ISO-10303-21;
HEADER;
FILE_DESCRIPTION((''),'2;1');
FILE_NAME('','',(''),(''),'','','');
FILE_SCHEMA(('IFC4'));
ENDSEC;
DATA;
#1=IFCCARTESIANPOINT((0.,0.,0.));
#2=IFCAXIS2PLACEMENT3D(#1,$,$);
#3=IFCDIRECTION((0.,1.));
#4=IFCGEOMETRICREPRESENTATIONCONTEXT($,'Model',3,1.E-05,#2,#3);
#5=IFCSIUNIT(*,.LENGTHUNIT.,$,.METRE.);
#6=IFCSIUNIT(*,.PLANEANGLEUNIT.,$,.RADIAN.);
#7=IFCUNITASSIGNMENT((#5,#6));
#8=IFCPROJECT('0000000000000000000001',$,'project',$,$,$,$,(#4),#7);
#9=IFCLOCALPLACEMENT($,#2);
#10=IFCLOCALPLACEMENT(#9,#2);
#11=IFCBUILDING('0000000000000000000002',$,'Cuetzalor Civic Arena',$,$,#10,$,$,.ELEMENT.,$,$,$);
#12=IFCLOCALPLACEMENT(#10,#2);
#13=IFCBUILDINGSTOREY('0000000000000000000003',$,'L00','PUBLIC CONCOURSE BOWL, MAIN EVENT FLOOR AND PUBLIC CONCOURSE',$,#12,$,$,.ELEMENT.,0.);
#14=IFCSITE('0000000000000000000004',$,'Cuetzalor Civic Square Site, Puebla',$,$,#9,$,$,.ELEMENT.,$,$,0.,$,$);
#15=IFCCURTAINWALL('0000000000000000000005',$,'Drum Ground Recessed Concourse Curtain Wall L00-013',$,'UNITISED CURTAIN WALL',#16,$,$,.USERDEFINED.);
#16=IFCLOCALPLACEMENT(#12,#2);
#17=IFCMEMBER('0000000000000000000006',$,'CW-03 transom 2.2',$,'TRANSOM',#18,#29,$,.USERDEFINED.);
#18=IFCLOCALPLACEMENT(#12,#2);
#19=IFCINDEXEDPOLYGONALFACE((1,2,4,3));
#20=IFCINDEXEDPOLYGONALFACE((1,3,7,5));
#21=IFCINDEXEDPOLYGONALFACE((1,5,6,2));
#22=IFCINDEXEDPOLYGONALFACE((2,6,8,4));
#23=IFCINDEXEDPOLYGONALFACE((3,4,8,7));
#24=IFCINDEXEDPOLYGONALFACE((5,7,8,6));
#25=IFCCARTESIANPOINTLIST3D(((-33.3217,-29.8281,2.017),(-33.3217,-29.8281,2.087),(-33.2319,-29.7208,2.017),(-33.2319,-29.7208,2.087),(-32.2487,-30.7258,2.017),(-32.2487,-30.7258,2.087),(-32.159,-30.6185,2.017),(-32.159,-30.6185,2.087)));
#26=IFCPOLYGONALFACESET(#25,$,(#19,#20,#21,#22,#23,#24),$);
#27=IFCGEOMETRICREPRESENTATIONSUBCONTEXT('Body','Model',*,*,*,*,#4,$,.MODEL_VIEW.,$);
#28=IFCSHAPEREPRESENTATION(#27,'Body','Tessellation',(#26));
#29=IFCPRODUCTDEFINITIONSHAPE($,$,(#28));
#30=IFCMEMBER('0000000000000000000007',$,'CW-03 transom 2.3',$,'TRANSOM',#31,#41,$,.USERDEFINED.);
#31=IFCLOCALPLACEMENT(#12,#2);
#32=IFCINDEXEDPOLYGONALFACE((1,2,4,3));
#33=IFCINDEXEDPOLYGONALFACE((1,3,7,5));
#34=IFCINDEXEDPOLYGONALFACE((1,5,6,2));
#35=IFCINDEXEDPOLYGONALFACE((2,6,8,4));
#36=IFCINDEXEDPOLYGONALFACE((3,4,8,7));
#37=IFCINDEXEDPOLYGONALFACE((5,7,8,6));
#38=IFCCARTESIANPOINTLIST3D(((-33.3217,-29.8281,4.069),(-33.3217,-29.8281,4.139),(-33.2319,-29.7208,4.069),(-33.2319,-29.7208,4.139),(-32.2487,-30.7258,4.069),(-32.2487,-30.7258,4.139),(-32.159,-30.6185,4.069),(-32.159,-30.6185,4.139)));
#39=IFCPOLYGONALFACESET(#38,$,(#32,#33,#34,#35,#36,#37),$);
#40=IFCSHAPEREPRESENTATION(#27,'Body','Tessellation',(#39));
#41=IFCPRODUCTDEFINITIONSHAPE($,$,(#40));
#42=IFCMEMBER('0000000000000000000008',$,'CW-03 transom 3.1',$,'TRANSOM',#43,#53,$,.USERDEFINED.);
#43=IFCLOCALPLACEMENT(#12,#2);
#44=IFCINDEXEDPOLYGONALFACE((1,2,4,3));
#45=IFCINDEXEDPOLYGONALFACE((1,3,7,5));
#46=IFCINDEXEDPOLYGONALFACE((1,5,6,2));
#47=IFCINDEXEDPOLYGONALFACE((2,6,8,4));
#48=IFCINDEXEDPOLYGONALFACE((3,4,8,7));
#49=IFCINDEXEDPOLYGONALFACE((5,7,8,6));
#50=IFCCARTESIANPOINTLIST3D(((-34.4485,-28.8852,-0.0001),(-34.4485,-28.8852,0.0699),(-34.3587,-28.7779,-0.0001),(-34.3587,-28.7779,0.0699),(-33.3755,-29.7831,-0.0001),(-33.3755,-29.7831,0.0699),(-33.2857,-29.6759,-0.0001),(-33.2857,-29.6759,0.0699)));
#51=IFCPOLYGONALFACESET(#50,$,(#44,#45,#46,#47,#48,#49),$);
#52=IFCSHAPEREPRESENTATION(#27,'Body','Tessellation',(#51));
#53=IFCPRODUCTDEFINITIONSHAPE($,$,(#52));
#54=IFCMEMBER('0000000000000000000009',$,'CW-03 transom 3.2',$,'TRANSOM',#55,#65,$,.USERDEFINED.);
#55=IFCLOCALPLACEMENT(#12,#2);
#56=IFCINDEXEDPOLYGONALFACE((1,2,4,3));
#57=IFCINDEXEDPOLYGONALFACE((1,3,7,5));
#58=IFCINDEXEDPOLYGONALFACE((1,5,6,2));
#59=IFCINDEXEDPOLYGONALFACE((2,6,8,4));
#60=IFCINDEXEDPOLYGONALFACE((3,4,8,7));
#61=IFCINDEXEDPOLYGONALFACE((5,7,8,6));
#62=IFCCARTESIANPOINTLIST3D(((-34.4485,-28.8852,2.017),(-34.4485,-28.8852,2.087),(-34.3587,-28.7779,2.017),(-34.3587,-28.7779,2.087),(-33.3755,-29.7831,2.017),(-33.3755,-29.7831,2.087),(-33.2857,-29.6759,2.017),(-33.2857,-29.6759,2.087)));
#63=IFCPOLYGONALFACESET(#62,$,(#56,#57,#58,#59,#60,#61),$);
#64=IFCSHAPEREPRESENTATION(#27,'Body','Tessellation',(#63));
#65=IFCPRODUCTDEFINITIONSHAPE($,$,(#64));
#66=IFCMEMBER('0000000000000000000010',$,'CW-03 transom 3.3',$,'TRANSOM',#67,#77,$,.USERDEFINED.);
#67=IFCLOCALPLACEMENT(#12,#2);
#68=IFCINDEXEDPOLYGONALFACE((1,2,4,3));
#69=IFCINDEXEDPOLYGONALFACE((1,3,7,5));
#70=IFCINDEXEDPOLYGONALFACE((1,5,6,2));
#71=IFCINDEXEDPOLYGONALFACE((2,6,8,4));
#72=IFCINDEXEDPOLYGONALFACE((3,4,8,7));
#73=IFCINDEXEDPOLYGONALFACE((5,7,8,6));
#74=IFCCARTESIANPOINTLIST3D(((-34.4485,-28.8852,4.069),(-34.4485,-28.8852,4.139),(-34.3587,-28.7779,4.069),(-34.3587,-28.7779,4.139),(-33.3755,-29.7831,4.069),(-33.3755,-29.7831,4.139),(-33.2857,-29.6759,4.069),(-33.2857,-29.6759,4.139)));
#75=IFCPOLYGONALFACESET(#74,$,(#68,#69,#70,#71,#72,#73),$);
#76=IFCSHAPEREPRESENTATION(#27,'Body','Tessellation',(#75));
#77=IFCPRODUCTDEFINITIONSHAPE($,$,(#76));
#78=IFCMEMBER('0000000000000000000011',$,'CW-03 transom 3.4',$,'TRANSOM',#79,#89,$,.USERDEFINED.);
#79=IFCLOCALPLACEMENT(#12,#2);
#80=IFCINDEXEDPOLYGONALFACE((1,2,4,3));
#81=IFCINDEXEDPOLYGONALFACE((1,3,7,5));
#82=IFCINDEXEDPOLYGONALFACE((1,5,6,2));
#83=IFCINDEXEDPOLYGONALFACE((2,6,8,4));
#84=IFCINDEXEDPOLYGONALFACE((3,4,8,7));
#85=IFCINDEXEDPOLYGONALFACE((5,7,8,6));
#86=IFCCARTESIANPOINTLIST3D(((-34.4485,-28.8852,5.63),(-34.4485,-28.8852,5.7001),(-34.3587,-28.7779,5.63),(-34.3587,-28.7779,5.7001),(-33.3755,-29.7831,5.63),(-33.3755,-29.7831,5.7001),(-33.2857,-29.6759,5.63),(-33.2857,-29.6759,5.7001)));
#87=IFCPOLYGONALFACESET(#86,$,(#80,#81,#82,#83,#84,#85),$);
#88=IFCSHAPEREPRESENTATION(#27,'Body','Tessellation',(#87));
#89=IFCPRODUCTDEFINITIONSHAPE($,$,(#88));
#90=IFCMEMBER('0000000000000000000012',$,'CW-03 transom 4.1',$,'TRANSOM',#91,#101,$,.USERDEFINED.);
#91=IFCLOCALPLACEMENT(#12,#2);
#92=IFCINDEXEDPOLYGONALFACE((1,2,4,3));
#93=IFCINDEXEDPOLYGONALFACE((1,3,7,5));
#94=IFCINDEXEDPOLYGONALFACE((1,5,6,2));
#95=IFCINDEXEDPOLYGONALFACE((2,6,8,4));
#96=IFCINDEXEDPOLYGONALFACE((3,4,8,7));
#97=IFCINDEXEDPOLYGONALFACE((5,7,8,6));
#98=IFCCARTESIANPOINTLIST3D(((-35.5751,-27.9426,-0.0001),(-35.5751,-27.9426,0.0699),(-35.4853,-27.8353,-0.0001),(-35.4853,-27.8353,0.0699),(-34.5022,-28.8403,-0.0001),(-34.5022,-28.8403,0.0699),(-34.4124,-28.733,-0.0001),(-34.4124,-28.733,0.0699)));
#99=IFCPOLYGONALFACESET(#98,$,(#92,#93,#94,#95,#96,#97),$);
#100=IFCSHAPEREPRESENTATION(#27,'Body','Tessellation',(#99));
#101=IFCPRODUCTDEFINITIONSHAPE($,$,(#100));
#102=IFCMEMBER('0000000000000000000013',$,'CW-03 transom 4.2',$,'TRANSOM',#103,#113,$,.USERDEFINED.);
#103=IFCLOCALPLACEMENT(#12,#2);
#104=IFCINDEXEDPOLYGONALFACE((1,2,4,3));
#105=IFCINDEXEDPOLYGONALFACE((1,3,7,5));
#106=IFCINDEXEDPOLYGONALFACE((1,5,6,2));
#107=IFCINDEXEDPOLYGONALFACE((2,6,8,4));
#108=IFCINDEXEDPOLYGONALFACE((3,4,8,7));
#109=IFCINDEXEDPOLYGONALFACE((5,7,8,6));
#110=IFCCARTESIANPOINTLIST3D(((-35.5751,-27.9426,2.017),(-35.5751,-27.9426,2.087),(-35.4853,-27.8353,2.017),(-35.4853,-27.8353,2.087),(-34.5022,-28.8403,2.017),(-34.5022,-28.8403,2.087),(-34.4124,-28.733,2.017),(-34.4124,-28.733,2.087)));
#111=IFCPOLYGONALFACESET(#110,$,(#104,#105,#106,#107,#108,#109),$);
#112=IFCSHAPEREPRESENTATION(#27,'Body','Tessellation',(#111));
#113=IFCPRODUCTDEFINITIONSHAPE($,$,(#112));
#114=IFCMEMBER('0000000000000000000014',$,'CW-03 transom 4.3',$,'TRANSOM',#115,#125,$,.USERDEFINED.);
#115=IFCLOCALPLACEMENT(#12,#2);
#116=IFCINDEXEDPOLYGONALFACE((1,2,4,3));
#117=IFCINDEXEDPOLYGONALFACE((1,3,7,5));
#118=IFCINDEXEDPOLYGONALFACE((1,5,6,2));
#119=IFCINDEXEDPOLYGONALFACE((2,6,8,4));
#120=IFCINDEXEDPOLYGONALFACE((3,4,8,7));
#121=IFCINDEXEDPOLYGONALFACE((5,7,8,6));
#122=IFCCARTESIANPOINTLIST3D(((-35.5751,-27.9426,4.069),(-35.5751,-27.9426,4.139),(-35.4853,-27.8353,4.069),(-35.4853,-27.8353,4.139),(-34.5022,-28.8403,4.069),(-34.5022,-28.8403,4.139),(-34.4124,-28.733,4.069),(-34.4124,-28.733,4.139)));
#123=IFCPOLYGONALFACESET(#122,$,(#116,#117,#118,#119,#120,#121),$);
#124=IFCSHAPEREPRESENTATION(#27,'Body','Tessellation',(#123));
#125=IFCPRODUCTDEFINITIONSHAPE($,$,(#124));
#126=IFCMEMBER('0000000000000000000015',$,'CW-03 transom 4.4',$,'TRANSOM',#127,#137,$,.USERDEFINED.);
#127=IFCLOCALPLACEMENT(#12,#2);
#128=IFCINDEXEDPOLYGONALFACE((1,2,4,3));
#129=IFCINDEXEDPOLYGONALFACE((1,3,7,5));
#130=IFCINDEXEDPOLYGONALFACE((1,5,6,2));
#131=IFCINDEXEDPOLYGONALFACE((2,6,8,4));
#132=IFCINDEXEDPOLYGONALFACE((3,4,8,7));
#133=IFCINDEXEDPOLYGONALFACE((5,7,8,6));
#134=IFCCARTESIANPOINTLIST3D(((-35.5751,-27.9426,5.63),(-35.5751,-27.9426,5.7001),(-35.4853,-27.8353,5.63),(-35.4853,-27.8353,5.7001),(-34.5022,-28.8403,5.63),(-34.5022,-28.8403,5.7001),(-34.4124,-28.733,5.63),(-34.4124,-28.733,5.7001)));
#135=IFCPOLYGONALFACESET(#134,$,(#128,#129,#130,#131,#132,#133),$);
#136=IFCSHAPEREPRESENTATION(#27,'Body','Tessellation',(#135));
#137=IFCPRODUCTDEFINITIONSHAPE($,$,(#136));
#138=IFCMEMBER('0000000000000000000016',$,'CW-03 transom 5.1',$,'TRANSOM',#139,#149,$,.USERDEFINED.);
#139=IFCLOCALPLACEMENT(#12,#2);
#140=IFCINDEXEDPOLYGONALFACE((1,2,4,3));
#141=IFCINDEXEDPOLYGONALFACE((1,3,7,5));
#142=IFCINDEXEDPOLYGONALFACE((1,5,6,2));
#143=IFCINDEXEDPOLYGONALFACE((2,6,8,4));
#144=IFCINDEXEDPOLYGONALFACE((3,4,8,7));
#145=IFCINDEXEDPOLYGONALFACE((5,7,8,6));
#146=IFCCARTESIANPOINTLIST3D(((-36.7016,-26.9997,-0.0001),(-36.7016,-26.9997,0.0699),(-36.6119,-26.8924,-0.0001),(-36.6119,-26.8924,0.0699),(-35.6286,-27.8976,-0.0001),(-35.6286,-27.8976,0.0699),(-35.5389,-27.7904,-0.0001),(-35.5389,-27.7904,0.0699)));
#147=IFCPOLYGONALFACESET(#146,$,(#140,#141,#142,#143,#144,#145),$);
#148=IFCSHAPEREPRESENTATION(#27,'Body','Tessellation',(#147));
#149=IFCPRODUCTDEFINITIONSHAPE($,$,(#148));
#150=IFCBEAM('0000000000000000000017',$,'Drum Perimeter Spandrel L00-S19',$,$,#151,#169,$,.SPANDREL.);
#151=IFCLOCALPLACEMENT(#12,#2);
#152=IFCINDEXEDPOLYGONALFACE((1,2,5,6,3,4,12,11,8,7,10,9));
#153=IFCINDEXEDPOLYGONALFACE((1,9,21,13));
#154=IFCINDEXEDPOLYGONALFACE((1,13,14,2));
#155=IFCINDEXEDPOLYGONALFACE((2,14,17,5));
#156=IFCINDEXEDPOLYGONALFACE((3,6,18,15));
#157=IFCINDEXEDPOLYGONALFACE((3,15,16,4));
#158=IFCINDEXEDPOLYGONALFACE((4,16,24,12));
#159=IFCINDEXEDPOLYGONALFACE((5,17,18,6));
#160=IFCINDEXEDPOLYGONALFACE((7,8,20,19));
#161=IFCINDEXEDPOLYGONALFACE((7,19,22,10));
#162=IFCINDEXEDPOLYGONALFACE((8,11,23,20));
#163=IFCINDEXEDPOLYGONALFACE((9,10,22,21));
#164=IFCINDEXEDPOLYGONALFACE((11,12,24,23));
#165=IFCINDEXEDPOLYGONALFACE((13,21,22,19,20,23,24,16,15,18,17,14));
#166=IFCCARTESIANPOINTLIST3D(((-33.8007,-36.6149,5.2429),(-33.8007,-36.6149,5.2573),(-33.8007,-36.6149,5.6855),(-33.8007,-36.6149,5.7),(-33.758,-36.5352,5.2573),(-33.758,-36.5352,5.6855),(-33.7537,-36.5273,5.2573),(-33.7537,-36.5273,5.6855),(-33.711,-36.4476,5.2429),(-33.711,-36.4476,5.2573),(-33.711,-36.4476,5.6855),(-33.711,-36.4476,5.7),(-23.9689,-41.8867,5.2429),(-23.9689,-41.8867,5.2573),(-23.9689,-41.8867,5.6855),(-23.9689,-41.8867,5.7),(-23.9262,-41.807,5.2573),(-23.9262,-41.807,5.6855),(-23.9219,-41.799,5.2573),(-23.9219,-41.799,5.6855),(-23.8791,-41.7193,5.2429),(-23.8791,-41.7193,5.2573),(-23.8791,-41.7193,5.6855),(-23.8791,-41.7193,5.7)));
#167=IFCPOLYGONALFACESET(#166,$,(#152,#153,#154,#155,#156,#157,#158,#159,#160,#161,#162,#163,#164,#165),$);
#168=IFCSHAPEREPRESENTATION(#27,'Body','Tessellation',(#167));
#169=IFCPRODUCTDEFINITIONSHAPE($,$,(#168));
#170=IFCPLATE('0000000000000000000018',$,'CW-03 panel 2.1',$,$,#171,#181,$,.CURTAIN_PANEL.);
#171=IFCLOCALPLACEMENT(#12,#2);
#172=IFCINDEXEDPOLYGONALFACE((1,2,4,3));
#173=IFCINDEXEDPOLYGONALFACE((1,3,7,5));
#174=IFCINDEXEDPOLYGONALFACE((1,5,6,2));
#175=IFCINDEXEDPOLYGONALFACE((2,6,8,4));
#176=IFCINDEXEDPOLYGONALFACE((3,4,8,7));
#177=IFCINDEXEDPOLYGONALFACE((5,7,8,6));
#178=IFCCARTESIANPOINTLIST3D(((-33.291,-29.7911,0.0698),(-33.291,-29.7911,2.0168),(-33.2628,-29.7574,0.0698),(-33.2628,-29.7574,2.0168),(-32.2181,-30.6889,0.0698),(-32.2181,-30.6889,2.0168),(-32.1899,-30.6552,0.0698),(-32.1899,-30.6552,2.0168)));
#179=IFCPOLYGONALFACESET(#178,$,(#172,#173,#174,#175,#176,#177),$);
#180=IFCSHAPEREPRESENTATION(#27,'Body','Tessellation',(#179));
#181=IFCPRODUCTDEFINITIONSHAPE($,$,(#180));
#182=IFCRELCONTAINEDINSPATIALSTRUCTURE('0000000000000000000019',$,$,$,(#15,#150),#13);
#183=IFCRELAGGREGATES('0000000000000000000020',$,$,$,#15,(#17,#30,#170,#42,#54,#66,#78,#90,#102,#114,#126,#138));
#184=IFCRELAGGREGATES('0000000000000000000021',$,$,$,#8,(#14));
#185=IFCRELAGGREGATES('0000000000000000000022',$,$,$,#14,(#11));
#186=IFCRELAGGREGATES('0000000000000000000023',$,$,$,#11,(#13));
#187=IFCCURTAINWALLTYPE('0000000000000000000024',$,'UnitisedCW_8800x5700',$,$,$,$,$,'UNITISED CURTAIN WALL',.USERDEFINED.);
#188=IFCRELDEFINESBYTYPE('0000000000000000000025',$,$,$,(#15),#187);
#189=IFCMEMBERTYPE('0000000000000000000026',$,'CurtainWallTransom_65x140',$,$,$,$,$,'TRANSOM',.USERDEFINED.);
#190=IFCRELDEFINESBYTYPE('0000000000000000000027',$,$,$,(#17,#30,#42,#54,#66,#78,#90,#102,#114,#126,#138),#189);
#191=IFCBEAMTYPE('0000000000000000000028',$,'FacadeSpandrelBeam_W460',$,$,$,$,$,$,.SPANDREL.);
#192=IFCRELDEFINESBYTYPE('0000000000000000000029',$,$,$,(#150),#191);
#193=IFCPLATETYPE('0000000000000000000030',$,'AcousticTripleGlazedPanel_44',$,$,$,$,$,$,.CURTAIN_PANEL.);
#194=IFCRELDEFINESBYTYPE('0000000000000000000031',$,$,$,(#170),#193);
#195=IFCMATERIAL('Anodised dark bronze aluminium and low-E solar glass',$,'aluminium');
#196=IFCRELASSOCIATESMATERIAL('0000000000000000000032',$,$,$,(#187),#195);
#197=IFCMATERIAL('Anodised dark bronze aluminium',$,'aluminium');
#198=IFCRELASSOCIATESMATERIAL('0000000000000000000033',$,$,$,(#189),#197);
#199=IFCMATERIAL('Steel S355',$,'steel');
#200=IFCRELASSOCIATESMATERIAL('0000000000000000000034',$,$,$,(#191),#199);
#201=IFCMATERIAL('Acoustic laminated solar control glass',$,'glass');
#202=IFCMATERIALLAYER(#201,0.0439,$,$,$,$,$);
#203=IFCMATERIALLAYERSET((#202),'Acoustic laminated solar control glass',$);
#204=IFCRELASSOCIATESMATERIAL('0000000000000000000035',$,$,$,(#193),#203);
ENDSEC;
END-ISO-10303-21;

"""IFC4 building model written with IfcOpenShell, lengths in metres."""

from ifc_helpers import new_model, si_unit, direction, frame, origin, origin_2d, place, context, subcontext, project, spatial, rectangle, i_section, extrude, material, layer, layer_set, material_profile, profile_set, type_object, element, aggregate, save


model = new_model("IFC4")

# Units and contexts
model_context = context("Model", 3, precision=1e-05, world=origin(), true_north=direction((0.0, 1.0)))
body_context = subcontext(model_context, "Body", "Model", "MODEL_VIEW")
ifc_project = project(units=[si_unit("LENGTHUNIT", "METRE"), si_unit("PLANEANGLEUNIT", "RADIAN")], contexts=[model_context])

# Site, building, storey
site_placement = place(None, origin())
site = spatial("IfcSite", under=ifc_project, at=site_placement, Name="Cuetzalor Civic Square Site, Puebla", CompositionType="ELEMENT", RefElevation=0.0)
building_placement = place(site_placement, origin())
building = spatial("IfcBuilding", under=site, at=building_placement, Name="Cuetzalor Civic Arena", CompositionType="ELEMENT")
storey_placement = place(building_placement, origin())
storey = spatial("IfcBuildingStorey", under=building, at=storey_placement, Name="L00", Description="PUBLIC CONCOURSE BOWL, MAIN EVENT FLOOR AND PUBLIC CONCOURSE", CompositionType="ELEMENT", Elevation=0.0)

# Curtain wall, members
ifc_material_1 = material(Name="Anodised dark bronze aluminium and low-E solar glass", Category="aluminium")
curtain_wall_type = type_object("IfcCurtainWallType", Name="UnitisedCW_8800x5700", ElementType="UNITISED CURTAIN WALL", PredefinedType="USERDEFINED", material=ifc_material_1)
curtain_wall_placement = place(storey_placement, origin())
curtain_wall = element("IfcCurtainWall", 1, at=curtain_wall_placement, inside=storey, type_object=curtain_wall_type, Name="Drum Ground Recessed Concourse Curtain Wall L00-013", ObjectType="UNITISED CURTAIN WALL", PredefinedType="USERDEFINED")
ifc_material_2 = material(Name="Anodised dark bronze aluminium", Category="aluminium")
ifc_material_profile_1 = material_profile(ifc_material_2, rectangle(XDim=0.1399, YDim=0.0701, at=origin_2d()), Name="ALU TRANSOM 70x140")
ifc_profile_set_1 = profile_set([ifc_material_profile_1], Name="Anodised dark bronze aluminium")
member_type_1 = type_object("IfcMemberType", Name="CurtainWallTransom_65x140", ElementType="TRANSOM", PredefinedType="USERDEFINED", material=ifc_profile_set_1)
member_1_placement = place(storey_placement, frame((-32.2039, -30.6721, 2.052), z_axis=(-0.766975, 0.641677, 0.0), x_axis=(-0.641677, -0.766975, 0.0)))
member_1 = element("IfcMember", 2, at=member_1_placement, type_object=member_type_1, Name="CW-03 transom 2.2", ObjectType="TRANSOM", PredefinedType="USERDEFINED", context=body_context, shape_type="SweptSolid", body=[
    extrude(rectangle(XDim=0.1399, YDim=0.0701, at=origin_2d()), origin(), (0.0, 0.0, 1.0), 1.3989),
])
member_2_placement = place(storey_placement, frame((-32.2039, -30.6721, 4.104), z_axis=(-0.766975, 0.641677, 0.0), x_axis=(-0.641677, -0.766975, 0.0)))
member_2 = element("IfcMember", 3, at=member_2_placement, type_object=member_type_1, Name="CW-03 transom 2.3", ObjectType="TRANSOM", PredefinedType="USERDEFINED", context=body_context, shape_type="SweptSolid", body=[
    extrude(rectangle(XDim=0.1399, YDim=0.0701, at=origin_2d()), origin(), (0.0, 0.0, 1.0), 1.3989),
])
member_3_placement = place(storey_placement, frame((-33.3306, -29.7295, 0.0349), z_axis=(-0.766889, 0.641779, 0.0), x_axis=(-0.641779, -0.766889, 0.0)))
member_3 = element("IfcMember", 4, at=member_3_placement, type_object=member_type_1, Name="CW-03 transom 3.1", ObjectType="TRANSOM", PredefinedType="USERDEFINED", context=body_context, shape_type="SweptSolid", body=[
    extrude(rectangle(XDim=0.1399, YDim=0.0701, at=origin_2d()), origin(), (0.0, 0.0, 1.0), 1.3992),
])
member_4_placement = place(storey_placement, frame((-33.3306, -29.7295, 2.052), z_axis=(-0.766889, 0.641779, 0.0), x_axis=(-0.641779, -0.766889, 0.0)))
member_4 = element("IfcMember", 5, at=member_4_placement, type_object=member_type_1, Name="CW-03 transom 3.2", ObjectType="TRANSOM", PredefinedType="USERDEFINED", context=body_context, shape_type="SweptSolid", body=[
    extrude(rectangle(XDim=0.1399, YDim=0.0701, at=origin_2d()), origin(), (0.0, 0.0, 1.0), 1.3992),
])
member_5_placement = place(storey_placement, frame((-33.3306, -29.7295, 4.104), z_axis=(-0.766889, 0.641779, 0.0), x_axis=(-0.641779, -0.766889, 0.0)))
member_5 = element("IfcMember", 6, at=member_5_placement, type_object=member_type_1, Name="CW-03 transom 3.3", ObjectType="TRANSOM", PredefinedType="USERDEFINED", context=body_context, shape_type="SweptSolid", body=[
    extrude(rectangle(XDim=0.1399, YDim=0.0701, at=origin_2d()), origin(), (0.0, 0.0, 1.0), 1.3992),
])
member_6_placement = place(storey_placement, frame((-33.3306, -29.7295, 5.665), z_axis=(-0.766889, 0.641779, 0.0), x_axis=(-0.641779, -0.766889, 0.0)))
member_6 = element("IfcMember", 7, at=member_6_placement, type_object=member_type_1, Name="CW-03 transom 3.4", ObjectType="TRANSOM", PredefinedType="USERDEFINED", context=body_context, shape_type="SweptSolid", body=[
    extrude(rectangle(XDim=0.1399, YDim=0.0701, at=origin_2d()), origin(), (0.0, 0.0, 1.0), 1.3992),
])
member_7_placement = place(storey_placement, frame((-34.4573, -28.7866, 0.0349), z_axis=(-0.766975, 0.641677, 0.0), x_axis=(-0.641677, -0.766975, 0.0)))
member_7 = element("IfcMember", 8, at=member_7_placement, type_object=member_type_1, Name="CW-03 transom 4.1", ObjectType="TRANSOM", PredefinedType="USERDEFINED", context=body_context, shape_type="SweptSolid", body=[
    extrude(rectangle(XDim=0.1399, YDim=0.0701, at=origin_2d()), origin(), (0.0, 0.0, 1.0), 1.3989),
])
member_8_placement = place(storey_placement, frame((-34.4573, -28.7866, 2.052), z_axis=(-0.766975, 0.641677, 0.0), x_axis=(-0.641677, -0.766975, 0.0)))
member_8 = element("IfcMember", 9, at=member_8_placement, type_object=member_type_1, Name="CW-03 transom 4.2", ObjectType="TRANSOM", PredefinedType="USERDEFINED", context=body_context, shape_type="SweptSolid", body=[
    extrude(rectangle(XDim=0.1399, YDim=0.0701, at=origin_2d()), origin(), (0.0, 0.0, 1.0), 1.3989),
])
member_9_placement = place(storey_placement, frame((-34.4573, -28.7866, 4.104), z_axis=(-0.766975, 0.641677, 0.0), x_axis=(-0.641677, -0.766975, 0.0)))
member_9 = element("IfcMember", 10, at=member_9_placement, type_object=member_type_1, Name="CW-03 transom 4.3", ObjectType="TRANSOM", PredefinedType="USERDEFINED", context=body_context, shape_type="SweptSolid", body=[
    extrude(rectangle(XDim=0.1399, YDim=0.0701, at=origin_2d()), origin(), (0.0, 0.0, 1.0), 1.3989),
])
member_10_placement = place(storey_placement, frame((-34.4573, -28.7866, 5.665), z_axis=(-0.766975, 0.641677, 0.0), x_axis=(-0.641677, -0.766975, 0.0)))
member_10 = element("IfcMember", 11, at=member_10_placement, type_object=member_type_1, Name="CW-03 transom 4.4", ObjectType="TRANSOM", PredefinedType="USERDEFINED", context=body_context, shape_type="SweptSolid", body=[
    extrude(rectangle(XDim=0.1399, YDim=0.0701, at=origin_2d()), origin(), (0.0, 0.0, 1.0), 1.3989),
])
member_11_placement = place(storey_placement, frame((-35.5837, -27.844, 0.0349), z_axis=(-0.766889, 0.641779, 0.0), x_axis=(-0.641779, -0.766889, 0.0)))
member_11 = element("IfcMember", 12, at=member_11_placement, type_object=member_type_1, Name="CW-03 transom 5.1", ObjectType="TRANSOM", PredefinedType="USERDEFINED", context=body_context, shape_type="SweptSolid", body=[
    extrude(rectangle(XDim=0.1399, YDim=0.0701, at=origin_2d()), origin(), (0.0, 0.0, 1.0), 1.3992),
])

# Beam
ifc_material_3 = material(Name="Steel S355", Category="steel")
ifc_material_profile_2 = material_profile(ifc_material_3, i_section(OverallWidth=0.1899, OverallDepth=0.457, WebThickness=0.009, FlangeThickness=0.0144, at=origin_2d()), Name="W460x74")
ifc_profile_set_2 = profile_set([ifc_material_profile_2], Name="Steel S355")
beam_type = type_object("IfcBeamType", Name="FacadeSpandrelBeam_W460", PredefinedType="SPANDREL", material=ifc_profile_set_2)
beam_placement = place(storey_placement, frame((-33.7559, -36.5312, 5.4714), z_axis=(0.881305, -0.472549, 0.0), x_axis=(0.472549, 0.881305, 0.0)))
element("IfcBeam", 13, at=beam_placement, inside=storey, type_object=beam_type, Name="Drum Perimeter Spandrel L00-S19", PredefinedType="SPANDREL", context=body_context, shape_type="SweptSolid", body=[
    extrude(i_section(OverallWidth=0.1899, OverallDepth=0.457, WebThickness=0.009, FlangeThickness=0.0144, at=origin_2d()), origin(), (0.0, 0.0, 1.0), 11.156),
])

# Plate
ifc_material_4 = material(Name="Acoustic laminated solar control glass", Category="glass")
ifc_layer_1 = layer(ifc_material_4, 0.0439)
ifc_layer_set_1 = layer_set([ifc_layer_1], Name="Acoustic laminated solar control glass")
plate_type = type_object("IfcPlateType", Name="AcousticTripleGlazedPanel_44", PredefinedType="CURTAIN_PANEL", material=ifc_layer_set_1)
plate_1_placement = place(storey_placement, frame((-32.7405, -30.2231, 0.0698), z_axis=(0.0, 0.0, 1.0), x_axis=(-0.766928, 0.641733, 0.0)))
plate_1 = element("IfcPlate", 14, at=plate_1_placement, type_object=plate_type, Name="CW-03 panel 2.1", PredefinedType="CURTAIN_PANEL", context=body_context, shape_type="SweptSolid", body=[
    extrude(rectangle(XDim=1.3989, YDim=0.0439, at=origin_2d()), origin(), (0.0, 0.0, 1.0), 1.947),
])
aggregate(curtain_wall, [member_1, member_2, plate_1, member_3, member_4, member_5, member_6, member_7, member_8, member_9, member_10, member_11])

save(model, "model.ifc")
